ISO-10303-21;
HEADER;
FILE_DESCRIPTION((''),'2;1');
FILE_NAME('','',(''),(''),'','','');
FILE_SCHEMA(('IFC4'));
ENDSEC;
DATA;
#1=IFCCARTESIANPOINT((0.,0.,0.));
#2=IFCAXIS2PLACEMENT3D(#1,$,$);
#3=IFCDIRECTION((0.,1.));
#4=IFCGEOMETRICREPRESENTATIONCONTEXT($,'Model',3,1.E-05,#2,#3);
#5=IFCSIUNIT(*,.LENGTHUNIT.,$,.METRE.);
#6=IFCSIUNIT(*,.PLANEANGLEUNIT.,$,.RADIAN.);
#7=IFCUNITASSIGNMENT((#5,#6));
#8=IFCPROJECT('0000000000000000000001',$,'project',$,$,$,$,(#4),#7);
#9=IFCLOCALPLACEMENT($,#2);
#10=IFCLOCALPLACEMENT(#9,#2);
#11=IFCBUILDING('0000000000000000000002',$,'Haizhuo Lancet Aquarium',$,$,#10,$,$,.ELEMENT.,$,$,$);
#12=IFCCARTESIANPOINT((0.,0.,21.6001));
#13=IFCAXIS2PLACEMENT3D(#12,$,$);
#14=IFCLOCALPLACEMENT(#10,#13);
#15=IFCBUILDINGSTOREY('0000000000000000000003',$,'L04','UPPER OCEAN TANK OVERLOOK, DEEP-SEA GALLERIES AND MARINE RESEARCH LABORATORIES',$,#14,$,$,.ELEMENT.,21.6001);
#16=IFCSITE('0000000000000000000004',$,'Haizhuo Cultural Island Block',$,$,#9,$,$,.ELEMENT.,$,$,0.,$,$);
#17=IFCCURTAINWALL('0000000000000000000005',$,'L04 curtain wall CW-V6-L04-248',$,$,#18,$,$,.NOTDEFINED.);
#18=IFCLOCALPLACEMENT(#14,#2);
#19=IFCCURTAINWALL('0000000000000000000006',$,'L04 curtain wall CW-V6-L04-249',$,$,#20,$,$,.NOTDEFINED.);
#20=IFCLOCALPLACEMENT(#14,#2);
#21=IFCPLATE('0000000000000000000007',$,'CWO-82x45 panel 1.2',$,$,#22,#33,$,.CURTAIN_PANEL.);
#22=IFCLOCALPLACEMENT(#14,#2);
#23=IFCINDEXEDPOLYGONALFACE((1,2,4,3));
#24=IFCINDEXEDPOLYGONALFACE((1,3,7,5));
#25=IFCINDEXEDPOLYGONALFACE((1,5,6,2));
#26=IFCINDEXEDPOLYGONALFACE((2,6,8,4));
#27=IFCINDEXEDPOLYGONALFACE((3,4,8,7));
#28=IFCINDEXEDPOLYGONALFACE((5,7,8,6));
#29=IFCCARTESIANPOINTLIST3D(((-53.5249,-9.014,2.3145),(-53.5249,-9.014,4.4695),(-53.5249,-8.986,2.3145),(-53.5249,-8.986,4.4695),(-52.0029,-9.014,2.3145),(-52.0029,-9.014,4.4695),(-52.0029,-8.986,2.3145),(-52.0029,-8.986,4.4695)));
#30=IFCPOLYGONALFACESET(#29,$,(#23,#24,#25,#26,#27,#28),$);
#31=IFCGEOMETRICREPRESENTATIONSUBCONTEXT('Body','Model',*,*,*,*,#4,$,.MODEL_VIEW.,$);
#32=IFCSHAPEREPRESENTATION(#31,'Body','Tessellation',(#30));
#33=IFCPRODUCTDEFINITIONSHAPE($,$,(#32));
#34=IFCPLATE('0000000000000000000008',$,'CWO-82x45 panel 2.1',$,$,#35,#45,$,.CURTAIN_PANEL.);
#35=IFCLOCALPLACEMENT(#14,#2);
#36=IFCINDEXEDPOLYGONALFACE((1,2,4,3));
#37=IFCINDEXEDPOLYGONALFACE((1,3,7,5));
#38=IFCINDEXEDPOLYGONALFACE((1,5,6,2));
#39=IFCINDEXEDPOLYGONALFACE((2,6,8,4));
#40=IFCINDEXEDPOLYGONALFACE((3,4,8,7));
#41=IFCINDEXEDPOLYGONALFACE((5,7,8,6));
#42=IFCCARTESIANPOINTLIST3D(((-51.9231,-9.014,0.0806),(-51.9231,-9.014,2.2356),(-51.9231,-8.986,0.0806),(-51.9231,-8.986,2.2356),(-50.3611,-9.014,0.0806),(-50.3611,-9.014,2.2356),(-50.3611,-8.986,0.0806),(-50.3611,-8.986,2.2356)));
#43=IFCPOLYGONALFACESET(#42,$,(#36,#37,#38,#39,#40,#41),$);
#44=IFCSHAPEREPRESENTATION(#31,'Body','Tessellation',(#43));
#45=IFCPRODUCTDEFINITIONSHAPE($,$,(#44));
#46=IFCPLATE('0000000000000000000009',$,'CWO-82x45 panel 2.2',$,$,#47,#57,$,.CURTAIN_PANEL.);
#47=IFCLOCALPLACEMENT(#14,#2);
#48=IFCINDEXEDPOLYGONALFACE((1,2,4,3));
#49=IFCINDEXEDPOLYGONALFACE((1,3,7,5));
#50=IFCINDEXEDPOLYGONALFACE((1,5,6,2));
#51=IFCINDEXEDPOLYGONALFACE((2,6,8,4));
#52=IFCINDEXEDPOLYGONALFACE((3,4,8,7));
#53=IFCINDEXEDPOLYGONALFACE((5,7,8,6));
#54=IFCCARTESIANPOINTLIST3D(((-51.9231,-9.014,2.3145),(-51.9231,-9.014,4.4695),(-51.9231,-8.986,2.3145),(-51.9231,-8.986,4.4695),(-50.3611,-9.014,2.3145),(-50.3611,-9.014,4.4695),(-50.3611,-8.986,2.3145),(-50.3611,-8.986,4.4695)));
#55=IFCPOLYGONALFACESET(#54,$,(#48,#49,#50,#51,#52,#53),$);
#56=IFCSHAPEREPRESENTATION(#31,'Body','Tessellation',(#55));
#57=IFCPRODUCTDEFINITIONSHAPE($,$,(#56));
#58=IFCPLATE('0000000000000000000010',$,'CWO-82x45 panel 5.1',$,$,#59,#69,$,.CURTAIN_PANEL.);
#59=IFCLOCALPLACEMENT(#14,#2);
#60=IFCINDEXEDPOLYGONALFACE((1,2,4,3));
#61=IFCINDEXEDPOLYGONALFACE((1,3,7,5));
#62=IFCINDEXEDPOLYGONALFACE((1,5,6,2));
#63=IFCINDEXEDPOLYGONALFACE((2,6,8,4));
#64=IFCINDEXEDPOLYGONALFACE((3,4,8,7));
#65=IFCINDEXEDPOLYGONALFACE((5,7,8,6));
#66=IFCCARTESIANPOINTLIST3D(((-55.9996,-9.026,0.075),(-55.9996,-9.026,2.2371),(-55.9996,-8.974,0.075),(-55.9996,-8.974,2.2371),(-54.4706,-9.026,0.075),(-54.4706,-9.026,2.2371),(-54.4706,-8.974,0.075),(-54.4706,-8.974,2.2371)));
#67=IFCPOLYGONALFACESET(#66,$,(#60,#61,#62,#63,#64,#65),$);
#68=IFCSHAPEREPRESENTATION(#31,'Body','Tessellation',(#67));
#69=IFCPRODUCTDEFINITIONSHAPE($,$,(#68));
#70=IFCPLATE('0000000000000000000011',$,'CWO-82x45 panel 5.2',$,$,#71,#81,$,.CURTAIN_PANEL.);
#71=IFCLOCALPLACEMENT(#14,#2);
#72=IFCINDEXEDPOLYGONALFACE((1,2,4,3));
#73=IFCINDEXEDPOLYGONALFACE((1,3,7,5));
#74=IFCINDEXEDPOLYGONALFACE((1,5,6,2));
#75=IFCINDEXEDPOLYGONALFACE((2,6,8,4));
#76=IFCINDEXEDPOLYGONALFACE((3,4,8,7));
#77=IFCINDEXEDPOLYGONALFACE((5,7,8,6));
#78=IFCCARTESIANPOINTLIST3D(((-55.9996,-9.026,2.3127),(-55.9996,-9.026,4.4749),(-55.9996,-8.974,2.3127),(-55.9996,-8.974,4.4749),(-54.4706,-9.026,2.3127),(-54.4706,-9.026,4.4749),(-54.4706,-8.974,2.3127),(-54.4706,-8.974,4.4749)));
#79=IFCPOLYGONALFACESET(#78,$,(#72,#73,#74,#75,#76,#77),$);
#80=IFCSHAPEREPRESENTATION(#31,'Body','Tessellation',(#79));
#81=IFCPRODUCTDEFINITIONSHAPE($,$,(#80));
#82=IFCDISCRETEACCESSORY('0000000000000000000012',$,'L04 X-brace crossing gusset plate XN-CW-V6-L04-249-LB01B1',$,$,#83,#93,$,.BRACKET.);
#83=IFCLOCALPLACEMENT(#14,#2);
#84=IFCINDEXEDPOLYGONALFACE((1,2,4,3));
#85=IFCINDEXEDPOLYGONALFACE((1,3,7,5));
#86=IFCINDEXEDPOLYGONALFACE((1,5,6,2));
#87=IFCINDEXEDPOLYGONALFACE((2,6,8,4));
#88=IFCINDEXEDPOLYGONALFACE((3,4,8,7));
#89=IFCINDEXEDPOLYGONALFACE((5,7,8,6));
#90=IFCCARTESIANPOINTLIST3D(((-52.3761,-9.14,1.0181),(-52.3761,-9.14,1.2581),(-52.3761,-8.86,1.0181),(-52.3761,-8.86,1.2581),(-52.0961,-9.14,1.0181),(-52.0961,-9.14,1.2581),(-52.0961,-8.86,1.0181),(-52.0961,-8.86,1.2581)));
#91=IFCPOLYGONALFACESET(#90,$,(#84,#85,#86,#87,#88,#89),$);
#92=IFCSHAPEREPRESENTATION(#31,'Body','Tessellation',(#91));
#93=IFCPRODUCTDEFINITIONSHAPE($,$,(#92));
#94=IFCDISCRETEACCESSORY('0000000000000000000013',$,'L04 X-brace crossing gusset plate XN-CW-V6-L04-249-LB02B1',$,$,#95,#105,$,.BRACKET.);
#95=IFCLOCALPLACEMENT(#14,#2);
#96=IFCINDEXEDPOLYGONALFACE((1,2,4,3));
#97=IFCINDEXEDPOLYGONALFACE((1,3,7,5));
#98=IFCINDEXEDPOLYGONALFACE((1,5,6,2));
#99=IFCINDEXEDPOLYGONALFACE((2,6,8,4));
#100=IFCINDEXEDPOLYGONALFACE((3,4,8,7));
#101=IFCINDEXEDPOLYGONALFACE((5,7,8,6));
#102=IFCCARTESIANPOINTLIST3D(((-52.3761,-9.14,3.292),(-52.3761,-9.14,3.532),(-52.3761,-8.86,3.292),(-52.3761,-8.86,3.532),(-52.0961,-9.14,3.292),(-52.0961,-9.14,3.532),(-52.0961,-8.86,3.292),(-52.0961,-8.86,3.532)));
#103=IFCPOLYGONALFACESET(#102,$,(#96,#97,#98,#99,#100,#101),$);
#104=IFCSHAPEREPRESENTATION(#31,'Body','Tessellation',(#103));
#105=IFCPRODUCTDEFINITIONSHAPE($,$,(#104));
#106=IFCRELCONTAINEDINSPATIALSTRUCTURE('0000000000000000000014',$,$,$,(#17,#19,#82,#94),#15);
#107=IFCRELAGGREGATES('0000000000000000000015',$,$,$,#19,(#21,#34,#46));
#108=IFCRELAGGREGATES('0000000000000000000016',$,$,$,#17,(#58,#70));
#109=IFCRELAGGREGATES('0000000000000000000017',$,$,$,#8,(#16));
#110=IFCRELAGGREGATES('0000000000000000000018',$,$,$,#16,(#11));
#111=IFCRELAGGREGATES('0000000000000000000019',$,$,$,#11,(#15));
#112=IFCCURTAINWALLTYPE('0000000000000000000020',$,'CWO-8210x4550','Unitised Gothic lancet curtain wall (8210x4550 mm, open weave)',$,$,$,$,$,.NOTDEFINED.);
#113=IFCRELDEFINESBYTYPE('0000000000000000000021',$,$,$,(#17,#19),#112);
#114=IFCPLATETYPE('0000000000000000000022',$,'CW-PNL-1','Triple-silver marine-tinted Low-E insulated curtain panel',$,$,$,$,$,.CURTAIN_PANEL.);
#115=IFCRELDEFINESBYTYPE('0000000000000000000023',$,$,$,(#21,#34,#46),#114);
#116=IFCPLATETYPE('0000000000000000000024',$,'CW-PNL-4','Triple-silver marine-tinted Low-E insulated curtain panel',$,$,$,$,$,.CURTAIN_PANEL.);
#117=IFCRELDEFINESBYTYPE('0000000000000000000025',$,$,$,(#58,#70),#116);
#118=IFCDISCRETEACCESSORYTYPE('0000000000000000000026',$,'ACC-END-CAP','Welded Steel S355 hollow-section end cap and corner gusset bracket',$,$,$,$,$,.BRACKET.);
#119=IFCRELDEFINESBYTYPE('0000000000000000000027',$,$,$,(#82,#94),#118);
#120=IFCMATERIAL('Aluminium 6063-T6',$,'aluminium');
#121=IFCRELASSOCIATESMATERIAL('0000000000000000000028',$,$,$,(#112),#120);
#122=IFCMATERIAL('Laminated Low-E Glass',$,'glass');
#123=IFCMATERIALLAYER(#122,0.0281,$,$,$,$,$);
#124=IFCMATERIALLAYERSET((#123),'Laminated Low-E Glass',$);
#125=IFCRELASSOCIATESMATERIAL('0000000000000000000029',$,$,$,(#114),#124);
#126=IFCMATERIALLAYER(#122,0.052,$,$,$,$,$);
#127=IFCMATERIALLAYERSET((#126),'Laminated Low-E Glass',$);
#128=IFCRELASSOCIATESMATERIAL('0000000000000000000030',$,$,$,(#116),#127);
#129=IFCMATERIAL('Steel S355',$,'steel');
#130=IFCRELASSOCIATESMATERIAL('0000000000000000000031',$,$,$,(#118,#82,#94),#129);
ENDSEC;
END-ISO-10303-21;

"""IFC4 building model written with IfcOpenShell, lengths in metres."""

from ifc_helpers import new_model, si_unit, direction, frame, origin, origin_2d, place, context, subcontext, project, spatial, rectangle, extrude, material, layer, layer_set, type_object, element, aggregate, save


model = new_model("IFC4")

# Units and contexts
model_context = context("Model", 3, precision=1e-05, world=origin(), true_north=direction((0.0, 1.0)))
body_context = subcontext(model_context, "Body", "Model", "MODEL_VIEW")
ifc_project = project(units=[si_unit("LENGTHUNIT", "METRE"), si_unit("PLANEANGLEUNIT", "RADIAN")], contexts=[model_context])

# Site, building, storey
site_placement = place(None, origin())
site = spatial("IfcSite", under=ifc_project, at=site_placement, Name="Haizhuo Cultural Island Block", CompositionType="ELEMENT", RefElevation=0.0)
building_placement = place(site_placement, origin())
building = spatial("IfcBuilding", under=site, at=building_placement, Name="Haizhuo Lancet Aquarium", CompositionType="ELEMENT")
storey_placement = place(building_placement, frame((0.0, 0.0, 21.6001)))
storey = spatial("IfcBuildingStorey", under=building, at=storey_placement, Name="L04", Description="UPPER OCEAN TANK OVERLOOK, DEEP-SEA GALLERIES AND MARINE RESEARCH LABORATORIES", CompositionType="ELEMENT", Elevation=21.6001)

# Shared definitions
ifc_material_1 = material(Name="Steel S355", Category="steel")

# Curtain wall
ifc_material_2 = material(Name="Aluminium 6063-T6", Category="aluminium")
curtain_wall_type = type_object("IfcCurtainWallType", Name="CWO-8210x4550", Description="Unitised Gothic lancet curtain wall (8210x4550 mm, open weave)", PredefinedType="NOTDEFINED", material=ifc_material_2)
curtain_wall_1_placement = place(storey_placement, origin())
curtain_wall_1 = element("IfcCurtainWall", 1, at=curtain_wall_1_placement, inside=storey, type_object=curtain_wall_type, Name="L04 curtain wall CW-V6-L04-248", PredefinedType="NOTDEFINED")

# Curtain wall
curtain_wall_2_placement = place(storey_placement, origin())
curtain_wall_2 = element("IfcCurtainWall", 2, at=curtain_wall_2_placement, inside=storey, type_object=curtain_wall_type, Name="L04 curtain wall CW-V6-L04-249", PredefinedType="NOTDEFINED")

# Plates
ifc_material_3 = material(Name="Laminated Low-E Glass", Category="glass")
ifc_layer_1 = layer(ifc_material_3, 0.0281)
ifc_layer_set_1 = layer_set([ifc_layer_1], Name="Laminated Low-E Glass")
plate_type_1 = type_object("IfcPlateType", Name="CW-PNL-1", Description="Triple-silver marine-tinted Low-E insulated curtain panel", PredefinedType="CURTAIN_PANEL", material=ifc_layer_set_1)
plate_1_placement = place(storey_placement, frame((-52.7639, -9.0, 2.3145), z_axis=(0.0, 0.0, 1.0), x_axis=(1.0, 0.0, 0.0)))
plate_1 = element("IfcPlate", 3, at=plate_1_placement, type_object=plate_type_1, Name="CWO-82x45 panel 1.2", PredefinedType="CURTAIN_PANEL", context=body_context, shape_type="SweptSolid", body=[
    extrude(rectangle(XDim=1.522, YDim=0.0281, at=origin_2d()), origin(), (0.0, 0.0, 1.0), 2.155),
])
plate_2_placement = place(storey_placement, frame((-51.1421, -9.0, 0.0806), z_axis=(0.0, 0.0, 1.0), x_axis=(1.0, 0.0, 0.0)))
plate_2 = element("IfcPlate", 4, at=plate_2_placement, type_object=plate_type_1, Name="CWO-82x45 panel 2.1", PredefinedType="CURTAIN_PANEL", context=body_context, shape_type="SweptSolid", body=[
    extrude(rectangle(XDim=1.562, YDim=0.0281, at=origin_2d()), origin(), (0.0, 0.0, 1.0), 2.155),
])
plate_3_placement = place(storey_placement, frame((-51.1421, -9.0, 2.3145), z_axis=(0.0, 0.0, 1.0), x_axis=(1.0, 0.0, 0.0)))
plate_3 = element("IfcPlate", 5, at=plate_3_placement, type_object=plate_type_1, Name="CWO-82x45 panel 2.2", PredefinedType="CURTAIN_PANEL", context=body_context, shape_type="SweptSolid", body=[
    extrude(rectangle(XDim=1.562, YDim=0.0281, at=origin_2d()), origin(), (0.0, 0.0, 1.0), 2.155),
])
aggregate(curtain_wall_2, [plate_1, plate_2, plate_3])
ifc_layer_2 = layer(ifc_material_3, 0.052)
ifc_layer_set_2 = layer_set([ifc_layer_2], Name="Laminated Low-E Glass")
plate_type_2 = type_object("IfcPlateType", Name="CW-PNL-4", Description="Triple-silver marine-tinted Low-E insulated curtain panel", PredefinedType="CURTAIN_PANEL", material=ifc_layer_set_2)
plate_4_placement = place(storey_placement, frame((-55.2351, -9.0, 0.075), z_axis=(0.0, 0.0, 1.0), x_axis=(1.0, 0.0, 0.0)))
plate_4 = element("IfcPlate", 6, at=plate_4_placement, type_object=plate_type_2, Name="CWO-82x45 panel 5.1", PredefinedType="CURTAIN_PANEL", context=body_context, shape_type="SweptSolid", body=[
    extrude(rectangle(XDim=1.5291, YDim=0.052, at=origin_2d()), origin(), (0.0, 0.0, 1.0), 2.1621),
])
plate_5_placement = place(storey_placement, frame((-55.2351, -9.0, 2.3127), z_axis=(0.0, 0.0, 1.0), x_axis=(1.0, 0.0, 0.0)))
plate_5 = element("IfcPlate", 7, at=plate_5_placement, type_object=plate_type_2, Name="CWO-82x45 panel 5.2", PredefinedType="CURTAIN_PANEL", context=body_context, shape_type="SweptSolid", body=[
    extrude(rectangle(XDim=1.5291, YDim=0.052, at=origin_2d()), origin(), (0.0, 0.0, 1.0), 2.1621),
])
aggregate(curtain_wall_1, [plate_4, plate_5])

# Discrete accessories
discrete_accessory_type = type_object("IfcDiscreteAccessoryType", Name="ACC-END-CAP", Description="Welded Steel S355 hollow-section end cap and corner gusset bracket", PredefinedType="BRACKET", material=ifc_material_1)
for number, where, z_axis, x_axis, name in (
    (8, (-52.2361, -9.0, 1.0181), (0.0, 0.0, 1.0), (1.0, 0.0, 0.0), "L04 X-brace crossing gusset plate XN-CW-V6-L04-249-LB01B1"),
    (9, (-52.2361, -9.0, 3.292), (0.0, 0.0, 1.0), (1.0, 0.0, 0.0), "L04 X-brace crossing gusset plate XN-CW-V6-L04-249-LB02B1"),
):
    element("IfcDiscreteAccessory", number, at=place(storey_placement, frame(where, z_axis=z_axis, x_axis=x_axis)), inside=storey, type_object=discrete_accessory_type, material=ifc_material_1, Name=name, PredefinedType="BRACKET", context=body_context, shape_type="SweptSolid", body=[
        extrude(rectangle(XDim=0.28, YDim=0.28, at=origin_2d()), origin(), (0.0, 0.0, 1.0), 0.24),
    ])

save(model, "model.ifc")
